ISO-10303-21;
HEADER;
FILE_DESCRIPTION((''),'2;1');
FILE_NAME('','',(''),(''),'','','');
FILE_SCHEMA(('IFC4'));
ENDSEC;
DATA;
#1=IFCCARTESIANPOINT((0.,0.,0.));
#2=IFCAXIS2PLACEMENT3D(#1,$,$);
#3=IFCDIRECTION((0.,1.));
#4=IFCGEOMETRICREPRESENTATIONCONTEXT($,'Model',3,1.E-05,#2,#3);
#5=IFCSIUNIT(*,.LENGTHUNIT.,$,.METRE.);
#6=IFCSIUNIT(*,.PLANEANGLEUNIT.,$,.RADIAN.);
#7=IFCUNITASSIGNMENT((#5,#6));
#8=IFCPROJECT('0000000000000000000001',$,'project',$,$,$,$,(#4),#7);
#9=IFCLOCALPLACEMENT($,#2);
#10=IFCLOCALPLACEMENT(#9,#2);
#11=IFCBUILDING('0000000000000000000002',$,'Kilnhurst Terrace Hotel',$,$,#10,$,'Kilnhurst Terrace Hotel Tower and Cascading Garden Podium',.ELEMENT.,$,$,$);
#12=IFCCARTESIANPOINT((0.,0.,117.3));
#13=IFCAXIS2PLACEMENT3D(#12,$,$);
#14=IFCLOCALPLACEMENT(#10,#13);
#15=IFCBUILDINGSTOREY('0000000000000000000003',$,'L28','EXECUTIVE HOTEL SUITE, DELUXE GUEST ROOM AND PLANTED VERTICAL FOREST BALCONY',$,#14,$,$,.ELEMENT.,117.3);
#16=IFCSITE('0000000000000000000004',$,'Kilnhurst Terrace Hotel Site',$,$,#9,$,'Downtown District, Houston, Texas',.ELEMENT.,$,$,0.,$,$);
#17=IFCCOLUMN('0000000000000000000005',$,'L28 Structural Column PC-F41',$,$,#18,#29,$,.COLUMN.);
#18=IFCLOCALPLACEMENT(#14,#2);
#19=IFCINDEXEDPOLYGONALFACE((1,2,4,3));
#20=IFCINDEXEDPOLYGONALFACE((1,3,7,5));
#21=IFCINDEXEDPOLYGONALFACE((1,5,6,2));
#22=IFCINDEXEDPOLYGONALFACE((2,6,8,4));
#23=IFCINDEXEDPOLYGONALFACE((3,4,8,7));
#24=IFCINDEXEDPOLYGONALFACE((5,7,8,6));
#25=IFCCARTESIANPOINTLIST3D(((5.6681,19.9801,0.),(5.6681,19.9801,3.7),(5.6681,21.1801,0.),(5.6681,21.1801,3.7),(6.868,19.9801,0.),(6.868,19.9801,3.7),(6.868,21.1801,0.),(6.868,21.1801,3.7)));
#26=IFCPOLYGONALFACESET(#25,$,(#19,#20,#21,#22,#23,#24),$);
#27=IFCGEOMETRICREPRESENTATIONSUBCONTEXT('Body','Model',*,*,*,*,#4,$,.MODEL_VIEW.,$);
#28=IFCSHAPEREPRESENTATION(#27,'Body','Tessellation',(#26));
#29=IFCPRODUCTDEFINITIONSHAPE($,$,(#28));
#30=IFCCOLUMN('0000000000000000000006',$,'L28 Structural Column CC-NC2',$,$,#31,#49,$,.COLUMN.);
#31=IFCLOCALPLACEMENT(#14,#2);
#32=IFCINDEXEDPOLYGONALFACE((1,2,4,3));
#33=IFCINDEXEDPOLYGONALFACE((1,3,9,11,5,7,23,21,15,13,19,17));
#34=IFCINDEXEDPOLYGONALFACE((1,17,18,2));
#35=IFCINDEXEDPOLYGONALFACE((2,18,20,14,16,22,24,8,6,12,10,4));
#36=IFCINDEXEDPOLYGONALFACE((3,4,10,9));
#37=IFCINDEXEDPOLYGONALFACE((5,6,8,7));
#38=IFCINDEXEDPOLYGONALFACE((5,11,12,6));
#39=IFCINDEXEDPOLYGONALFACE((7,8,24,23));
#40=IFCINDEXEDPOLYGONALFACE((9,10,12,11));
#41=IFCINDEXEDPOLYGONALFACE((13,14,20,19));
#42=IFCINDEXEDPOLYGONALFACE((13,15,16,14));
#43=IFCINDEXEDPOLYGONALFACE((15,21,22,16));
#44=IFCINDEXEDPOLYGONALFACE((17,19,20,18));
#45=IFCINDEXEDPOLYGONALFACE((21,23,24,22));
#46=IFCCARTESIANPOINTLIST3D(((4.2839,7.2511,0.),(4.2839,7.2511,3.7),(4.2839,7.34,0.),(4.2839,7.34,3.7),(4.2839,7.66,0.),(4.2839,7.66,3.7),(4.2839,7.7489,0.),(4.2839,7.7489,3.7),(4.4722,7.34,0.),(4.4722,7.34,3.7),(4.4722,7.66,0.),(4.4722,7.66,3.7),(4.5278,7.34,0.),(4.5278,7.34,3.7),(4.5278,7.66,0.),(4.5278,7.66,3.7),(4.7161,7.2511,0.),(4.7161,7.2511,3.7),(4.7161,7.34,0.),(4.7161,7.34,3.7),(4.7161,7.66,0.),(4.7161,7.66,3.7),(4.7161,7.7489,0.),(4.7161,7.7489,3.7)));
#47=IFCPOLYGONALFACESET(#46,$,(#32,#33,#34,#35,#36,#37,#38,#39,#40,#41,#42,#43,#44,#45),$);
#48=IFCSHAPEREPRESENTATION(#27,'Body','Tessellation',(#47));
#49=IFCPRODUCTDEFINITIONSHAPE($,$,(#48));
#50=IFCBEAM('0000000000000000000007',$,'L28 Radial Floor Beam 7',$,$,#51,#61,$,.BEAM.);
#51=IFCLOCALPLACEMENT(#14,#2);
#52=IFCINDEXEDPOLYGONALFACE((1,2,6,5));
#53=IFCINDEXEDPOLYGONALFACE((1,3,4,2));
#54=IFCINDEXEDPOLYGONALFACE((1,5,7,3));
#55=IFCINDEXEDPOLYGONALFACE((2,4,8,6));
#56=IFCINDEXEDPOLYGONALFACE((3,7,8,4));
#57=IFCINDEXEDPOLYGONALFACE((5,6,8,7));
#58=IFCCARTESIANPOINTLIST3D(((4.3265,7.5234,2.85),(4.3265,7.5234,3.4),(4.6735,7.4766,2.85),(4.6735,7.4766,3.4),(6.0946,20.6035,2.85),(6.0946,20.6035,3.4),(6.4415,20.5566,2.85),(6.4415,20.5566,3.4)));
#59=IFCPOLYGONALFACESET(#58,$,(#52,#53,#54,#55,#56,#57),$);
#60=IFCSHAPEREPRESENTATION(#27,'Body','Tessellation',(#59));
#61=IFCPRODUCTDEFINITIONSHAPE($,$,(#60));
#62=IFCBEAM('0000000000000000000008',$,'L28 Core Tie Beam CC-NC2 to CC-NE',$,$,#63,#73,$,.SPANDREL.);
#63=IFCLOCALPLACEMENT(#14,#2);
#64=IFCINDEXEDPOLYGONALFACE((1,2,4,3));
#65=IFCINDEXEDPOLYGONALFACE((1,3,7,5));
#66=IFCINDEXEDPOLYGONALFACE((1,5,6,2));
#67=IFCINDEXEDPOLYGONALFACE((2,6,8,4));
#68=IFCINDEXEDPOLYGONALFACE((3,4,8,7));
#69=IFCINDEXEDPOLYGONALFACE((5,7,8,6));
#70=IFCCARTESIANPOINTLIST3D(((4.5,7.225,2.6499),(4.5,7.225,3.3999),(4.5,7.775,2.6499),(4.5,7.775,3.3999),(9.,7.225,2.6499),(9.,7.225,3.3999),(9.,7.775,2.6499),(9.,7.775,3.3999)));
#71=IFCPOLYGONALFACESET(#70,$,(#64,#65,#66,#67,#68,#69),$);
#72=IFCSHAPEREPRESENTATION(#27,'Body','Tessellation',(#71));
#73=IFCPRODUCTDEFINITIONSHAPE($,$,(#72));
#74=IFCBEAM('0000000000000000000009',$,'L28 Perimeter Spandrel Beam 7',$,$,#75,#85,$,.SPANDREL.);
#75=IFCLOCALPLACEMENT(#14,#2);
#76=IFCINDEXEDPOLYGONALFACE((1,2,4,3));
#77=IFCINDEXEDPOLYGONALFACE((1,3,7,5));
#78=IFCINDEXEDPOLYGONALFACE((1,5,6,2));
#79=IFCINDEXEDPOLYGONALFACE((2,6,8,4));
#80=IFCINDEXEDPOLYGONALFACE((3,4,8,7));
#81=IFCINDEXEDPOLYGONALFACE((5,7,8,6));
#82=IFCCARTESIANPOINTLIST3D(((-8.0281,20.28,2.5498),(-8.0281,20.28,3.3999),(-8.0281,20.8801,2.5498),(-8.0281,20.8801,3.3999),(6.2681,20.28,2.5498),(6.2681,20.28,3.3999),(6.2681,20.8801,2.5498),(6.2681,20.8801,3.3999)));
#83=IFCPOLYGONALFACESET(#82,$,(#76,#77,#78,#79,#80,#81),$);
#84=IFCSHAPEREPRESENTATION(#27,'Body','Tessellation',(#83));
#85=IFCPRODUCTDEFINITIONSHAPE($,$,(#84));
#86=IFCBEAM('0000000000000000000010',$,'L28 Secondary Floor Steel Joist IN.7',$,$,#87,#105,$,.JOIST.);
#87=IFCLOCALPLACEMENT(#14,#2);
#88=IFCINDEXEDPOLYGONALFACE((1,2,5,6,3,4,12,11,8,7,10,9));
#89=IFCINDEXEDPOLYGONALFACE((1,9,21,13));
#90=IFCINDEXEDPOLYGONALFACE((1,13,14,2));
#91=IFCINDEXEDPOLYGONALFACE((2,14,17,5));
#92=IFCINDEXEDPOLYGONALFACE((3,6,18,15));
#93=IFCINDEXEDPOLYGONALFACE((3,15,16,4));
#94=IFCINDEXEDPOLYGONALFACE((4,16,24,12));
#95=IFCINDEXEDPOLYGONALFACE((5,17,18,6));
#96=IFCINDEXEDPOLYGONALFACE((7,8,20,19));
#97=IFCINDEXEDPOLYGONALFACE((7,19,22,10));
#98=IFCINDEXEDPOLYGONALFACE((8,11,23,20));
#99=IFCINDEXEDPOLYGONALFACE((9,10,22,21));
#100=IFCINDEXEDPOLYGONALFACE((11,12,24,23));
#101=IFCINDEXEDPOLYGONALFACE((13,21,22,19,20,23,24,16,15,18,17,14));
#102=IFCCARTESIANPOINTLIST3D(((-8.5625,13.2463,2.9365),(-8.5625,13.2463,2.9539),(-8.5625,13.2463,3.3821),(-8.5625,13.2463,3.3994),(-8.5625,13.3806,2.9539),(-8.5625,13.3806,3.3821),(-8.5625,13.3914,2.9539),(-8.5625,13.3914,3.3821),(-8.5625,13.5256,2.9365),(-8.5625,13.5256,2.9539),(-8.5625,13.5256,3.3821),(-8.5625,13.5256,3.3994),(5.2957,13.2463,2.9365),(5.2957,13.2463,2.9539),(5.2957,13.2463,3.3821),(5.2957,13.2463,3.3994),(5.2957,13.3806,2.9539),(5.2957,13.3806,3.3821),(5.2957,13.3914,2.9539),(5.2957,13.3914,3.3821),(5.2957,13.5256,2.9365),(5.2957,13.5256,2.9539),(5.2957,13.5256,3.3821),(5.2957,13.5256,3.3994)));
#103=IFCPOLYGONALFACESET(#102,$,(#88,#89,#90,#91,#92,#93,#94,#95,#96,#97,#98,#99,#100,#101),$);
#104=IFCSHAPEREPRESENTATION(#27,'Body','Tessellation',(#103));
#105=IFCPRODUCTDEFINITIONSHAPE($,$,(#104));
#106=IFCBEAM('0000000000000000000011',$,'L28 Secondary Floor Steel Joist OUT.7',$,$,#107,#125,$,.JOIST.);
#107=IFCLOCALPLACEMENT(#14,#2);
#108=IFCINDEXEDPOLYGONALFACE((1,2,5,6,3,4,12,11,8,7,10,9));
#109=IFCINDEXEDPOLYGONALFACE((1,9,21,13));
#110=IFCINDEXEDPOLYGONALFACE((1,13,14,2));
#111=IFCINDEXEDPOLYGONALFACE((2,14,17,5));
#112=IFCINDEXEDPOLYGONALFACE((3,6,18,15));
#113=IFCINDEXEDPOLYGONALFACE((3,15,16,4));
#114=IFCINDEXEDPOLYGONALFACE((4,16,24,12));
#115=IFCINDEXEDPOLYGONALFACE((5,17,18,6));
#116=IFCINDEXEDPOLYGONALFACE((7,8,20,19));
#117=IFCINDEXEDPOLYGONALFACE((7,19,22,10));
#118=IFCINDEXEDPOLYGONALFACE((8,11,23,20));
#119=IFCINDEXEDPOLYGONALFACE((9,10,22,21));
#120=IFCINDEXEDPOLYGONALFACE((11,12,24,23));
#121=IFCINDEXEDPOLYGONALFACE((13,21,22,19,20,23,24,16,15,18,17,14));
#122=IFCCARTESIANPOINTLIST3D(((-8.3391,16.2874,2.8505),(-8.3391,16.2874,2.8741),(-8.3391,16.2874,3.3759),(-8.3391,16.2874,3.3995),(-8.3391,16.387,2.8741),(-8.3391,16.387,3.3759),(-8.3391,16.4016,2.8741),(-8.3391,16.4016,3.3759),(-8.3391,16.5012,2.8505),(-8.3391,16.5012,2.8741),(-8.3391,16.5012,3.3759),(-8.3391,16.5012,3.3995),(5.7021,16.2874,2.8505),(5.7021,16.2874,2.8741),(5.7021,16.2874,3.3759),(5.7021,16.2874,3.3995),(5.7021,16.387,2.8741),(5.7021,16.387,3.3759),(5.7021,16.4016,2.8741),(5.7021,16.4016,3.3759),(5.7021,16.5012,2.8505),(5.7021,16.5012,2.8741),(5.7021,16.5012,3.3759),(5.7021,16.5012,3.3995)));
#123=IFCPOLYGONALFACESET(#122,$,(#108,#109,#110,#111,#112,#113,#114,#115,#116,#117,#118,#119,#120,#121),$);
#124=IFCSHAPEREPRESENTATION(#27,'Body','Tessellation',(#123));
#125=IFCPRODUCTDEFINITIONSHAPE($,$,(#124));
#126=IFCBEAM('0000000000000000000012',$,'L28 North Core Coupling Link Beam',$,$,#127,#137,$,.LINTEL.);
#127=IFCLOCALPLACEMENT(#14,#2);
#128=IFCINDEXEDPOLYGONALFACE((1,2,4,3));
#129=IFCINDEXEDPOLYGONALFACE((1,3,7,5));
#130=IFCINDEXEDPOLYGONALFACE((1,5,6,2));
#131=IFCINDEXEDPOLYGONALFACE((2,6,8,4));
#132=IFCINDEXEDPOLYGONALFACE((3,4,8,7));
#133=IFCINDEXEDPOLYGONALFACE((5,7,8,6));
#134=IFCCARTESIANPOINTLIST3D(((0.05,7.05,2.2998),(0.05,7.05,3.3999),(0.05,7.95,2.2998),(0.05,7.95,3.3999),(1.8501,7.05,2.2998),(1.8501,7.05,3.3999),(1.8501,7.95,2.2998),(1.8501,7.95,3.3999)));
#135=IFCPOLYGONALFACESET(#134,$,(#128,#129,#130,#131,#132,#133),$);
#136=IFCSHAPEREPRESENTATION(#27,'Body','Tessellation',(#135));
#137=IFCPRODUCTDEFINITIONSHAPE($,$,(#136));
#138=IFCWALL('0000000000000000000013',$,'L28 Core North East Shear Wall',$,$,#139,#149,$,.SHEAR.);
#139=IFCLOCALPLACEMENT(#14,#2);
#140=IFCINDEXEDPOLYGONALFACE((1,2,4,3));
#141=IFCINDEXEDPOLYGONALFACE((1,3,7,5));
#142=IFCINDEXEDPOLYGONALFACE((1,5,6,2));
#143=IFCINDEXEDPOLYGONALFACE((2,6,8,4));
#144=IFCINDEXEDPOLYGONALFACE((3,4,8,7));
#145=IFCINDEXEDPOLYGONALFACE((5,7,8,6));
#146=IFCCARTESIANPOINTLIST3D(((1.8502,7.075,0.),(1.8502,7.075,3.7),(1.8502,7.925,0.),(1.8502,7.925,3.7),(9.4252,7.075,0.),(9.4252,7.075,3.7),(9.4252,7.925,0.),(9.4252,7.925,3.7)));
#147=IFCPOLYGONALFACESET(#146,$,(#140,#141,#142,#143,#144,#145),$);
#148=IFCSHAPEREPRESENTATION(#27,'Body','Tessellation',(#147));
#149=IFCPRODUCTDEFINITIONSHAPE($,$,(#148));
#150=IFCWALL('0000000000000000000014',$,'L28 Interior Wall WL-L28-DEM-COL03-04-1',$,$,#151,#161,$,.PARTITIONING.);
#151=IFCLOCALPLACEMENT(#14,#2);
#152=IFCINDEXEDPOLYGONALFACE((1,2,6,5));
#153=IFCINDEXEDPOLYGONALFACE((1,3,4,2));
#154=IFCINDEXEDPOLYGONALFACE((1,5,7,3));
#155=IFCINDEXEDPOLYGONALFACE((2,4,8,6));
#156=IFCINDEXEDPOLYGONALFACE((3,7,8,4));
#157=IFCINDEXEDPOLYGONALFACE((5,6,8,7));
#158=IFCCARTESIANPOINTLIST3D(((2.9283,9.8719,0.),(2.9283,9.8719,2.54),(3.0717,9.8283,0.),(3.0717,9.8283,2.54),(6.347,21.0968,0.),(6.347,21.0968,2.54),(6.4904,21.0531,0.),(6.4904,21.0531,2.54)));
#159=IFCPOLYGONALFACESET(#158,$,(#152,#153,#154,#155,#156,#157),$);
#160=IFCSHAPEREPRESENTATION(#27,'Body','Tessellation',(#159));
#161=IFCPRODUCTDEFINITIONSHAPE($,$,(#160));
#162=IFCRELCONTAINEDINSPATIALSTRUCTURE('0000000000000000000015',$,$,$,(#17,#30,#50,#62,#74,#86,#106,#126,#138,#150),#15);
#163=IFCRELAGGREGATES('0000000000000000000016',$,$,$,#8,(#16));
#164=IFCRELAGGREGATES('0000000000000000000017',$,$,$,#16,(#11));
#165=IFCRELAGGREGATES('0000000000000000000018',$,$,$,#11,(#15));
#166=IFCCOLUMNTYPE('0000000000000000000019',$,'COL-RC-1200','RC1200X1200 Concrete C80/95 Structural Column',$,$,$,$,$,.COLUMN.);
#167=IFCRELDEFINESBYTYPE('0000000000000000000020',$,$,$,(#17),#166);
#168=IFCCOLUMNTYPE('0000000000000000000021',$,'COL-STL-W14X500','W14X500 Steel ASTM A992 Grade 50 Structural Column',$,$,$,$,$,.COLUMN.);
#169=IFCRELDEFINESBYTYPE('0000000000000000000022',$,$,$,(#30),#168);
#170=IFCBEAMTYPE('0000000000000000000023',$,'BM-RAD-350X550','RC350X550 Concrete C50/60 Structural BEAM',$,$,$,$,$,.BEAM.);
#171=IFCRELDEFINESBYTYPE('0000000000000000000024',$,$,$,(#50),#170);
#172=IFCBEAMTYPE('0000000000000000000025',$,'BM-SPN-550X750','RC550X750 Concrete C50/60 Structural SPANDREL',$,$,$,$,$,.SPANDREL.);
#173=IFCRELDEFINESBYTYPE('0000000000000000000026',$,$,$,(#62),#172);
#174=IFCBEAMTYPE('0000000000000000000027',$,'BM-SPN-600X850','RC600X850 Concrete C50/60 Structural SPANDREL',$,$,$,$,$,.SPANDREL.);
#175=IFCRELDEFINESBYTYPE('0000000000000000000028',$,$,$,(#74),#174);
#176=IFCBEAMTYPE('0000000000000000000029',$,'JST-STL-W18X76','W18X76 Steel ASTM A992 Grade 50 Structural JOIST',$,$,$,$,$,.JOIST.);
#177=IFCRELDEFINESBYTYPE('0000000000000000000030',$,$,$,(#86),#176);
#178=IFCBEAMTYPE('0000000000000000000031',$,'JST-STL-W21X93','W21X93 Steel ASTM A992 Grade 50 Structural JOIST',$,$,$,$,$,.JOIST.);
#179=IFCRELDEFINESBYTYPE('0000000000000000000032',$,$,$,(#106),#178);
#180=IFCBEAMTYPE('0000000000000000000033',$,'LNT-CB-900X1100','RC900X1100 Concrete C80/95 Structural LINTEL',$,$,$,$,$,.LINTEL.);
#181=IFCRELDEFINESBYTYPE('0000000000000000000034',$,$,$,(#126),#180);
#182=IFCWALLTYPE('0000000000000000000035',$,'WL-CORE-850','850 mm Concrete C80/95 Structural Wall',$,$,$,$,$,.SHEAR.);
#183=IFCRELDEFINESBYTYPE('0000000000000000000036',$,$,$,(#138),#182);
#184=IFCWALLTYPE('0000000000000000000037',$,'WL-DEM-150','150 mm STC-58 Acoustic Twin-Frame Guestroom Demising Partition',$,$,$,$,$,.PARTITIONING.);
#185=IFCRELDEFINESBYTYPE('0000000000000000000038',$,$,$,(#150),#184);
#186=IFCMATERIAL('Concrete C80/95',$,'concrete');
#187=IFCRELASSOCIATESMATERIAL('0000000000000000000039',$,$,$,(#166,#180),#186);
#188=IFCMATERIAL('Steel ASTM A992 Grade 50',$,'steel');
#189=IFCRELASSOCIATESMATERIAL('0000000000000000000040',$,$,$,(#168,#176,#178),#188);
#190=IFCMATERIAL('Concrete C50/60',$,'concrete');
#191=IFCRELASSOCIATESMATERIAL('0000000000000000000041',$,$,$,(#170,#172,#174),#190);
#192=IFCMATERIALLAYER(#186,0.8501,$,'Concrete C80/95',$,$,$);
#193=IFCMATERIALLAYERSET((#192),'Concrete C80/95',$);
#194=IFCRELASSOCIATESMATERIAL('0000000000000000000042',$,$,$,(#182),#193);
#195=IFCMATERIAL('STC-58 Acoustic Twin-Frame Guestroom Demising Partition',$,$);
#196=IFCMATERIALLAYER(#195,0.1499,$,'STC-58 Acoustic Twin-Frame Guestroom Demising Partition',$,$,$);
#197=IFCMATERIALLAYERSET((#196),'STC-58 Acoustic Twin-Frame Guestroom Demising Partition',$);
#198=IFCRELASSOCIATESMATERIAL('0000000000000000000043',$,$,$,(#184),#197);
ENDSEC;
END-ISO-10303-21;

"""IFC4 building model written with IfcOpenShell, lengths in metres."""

from ifc_helpers import new_model, si_unit, direction, frame, frame_2d, origin, origin_2d, place, context, subcontext, project, spatial, rectangle, i_section, extrude, material, layer, layer_set, material_profile, profile_set, type_object, element, save


model = new_model("IFC4")

# Units and contexts
model_context = context("Model", 3, precision=1e-05, world=origin(), true_north=direction((0.0, 1.0)))
body_context = subcontext(model_context, "Body", "Model", "MODEL_VIEW")
ifc_project = project(units=[si_unit("LENGTHUNIT", "METRE"), si_unit("PLANEANGLEUNIT", "RADIAN")], contexts=[model_context])

# Site, building, storey
site_placement = place(None, origin())
site = spatial("IfcSite", under=ifc_project, at=site_placement, Name="Kilnhurst Terrace Hotel Site", LongName="Downtown District, Houston, Texas", CompositionType="ELEMENT", RefElevation=0.0)
building_placement = place(site_placement, origin())
building = spatial("IfcBuilding", under=site, at=building_placement, Name="Kilnhurst Terrace Hotel", LongName="Kilnhurst Terrace Hotel Tower and Cascading Garden Podium", CompositionType="ELEMENT")
storey_placement = place(building_placement, frame((0.0, 0.0, 117.3)))
storey = spatial("IfcBuildingStorey", under=building, at=storey_placement, Name="L28", Description="EXECUTIVE HOTEL SUITE, DELUXE GUEST ROOM AND PLANTED VERTICAL FOREST BALCONY", CompositionType="ELEMENT", Elevation=117.3)

# Columns
ifc_material_1 = material(Name="Concrete C80/95", Category="concrete")
ifc_material_profile_1 = material_profile(ifc_material_1, rectangle(XDim=1.2, YDim=1.2, at=origin_2d()), Name="RC1200X1200")
ifc_profile_set_1 = profile_set([ifc_material_profile_1], Name="Concrete C80/95")
column_type_1 = type_object("IfcColumnType", Name="COL-RC-1200", Description="RC1200X1200 Concrete C80/95 Structural Column", PredefinedType="COLUMN", material=ifc_profile_set_1)
column_1_placement = place(storey_placement, frame((6.2681, 20.5801, 0.0), z_axis=(0.0, 0.0, 1.0), x_axis=(1.0, 0.0, 0.0)))
element("IfcColumn", 1, at=column_1_placement, inside=storey, type_object=column_type_1, Name="L28 Structural Column PC-F41", PredefinedType="COLUMN", context=body_context, shape_type="SweptSolid", body=[
    extrude(rectangle(XDim=1.2, YDim=1.2, at=origin_2d()), origin(), (0.0, 0.0, 1.0), 3.7),
])
ifc_material_2 = material(Name="Steel ASTM A992 Grade 50", Category="steel")
ifc_material_profile_2 = material_profile(ifc_material_2, i_section(OverallWidth=0.4321, OverallDepth=0.4978, WebThickness=0.0557, FlangeThickness=0.0889, at=origin_2d()), Name="W14X500")
ifc_profile_set_2 = profile_set([ifc_material_profile_2], Name="Steel ASTM A992 Grade 50")
column_type_2 = type_object("IfcColumnType", Name="COL-STL-W14X500", Description="W14X500 Steel ASTM A992 Grade 50 Structural Column", PredefinedType="COLUMN", material=ifc_profile_set_2)
column_2_placement = place(storey_placement, frame((4.5, 7.5, 0.0), z_axis=(0.0, 0.0, 1.0), x_axis=(1.0, 0.0, 0.0)))
element("IfcColumn", 2, at=column_2_placement, inside=storey, type_object=column_type_2, Name="L28 Structural Column CC-NC2", PredefinedType="COLUMN", context=body_context, shape_type="SweptSolid", body=[
    extrude(i_section(OverallWidth=0.4321, OverallDepth=0.4978, WebThickness=0.0557, FlangeThickness=0.0889, at=origin_2d()), origin(), (0.0, 0.0, 1.0), 3.7),
])

# Beams
ifc_material_3 = material(Name="Concrete C50/60", Category="concrete")
ifc_material_profile_3 = material_profile(ifc_material_3, rectangle(XDim=0.3501, YDim=0.55, at=origin_2d()), Name="RC350X550")
ifc_profile_set_3 = profile_set([ifc_material_profile_3], Name="Concrete C50/60")
beam_type_1 = type_object("IfcBeamType", Name="BM-RAD-350X550", Description="RC350X550 Concrete C50/60 Structural BEAM", PredefinedType="BEAM", material=ifc_profile_set_3)
beam_1_placement = place(storey_placement, frame((4.5, 7.5, 3.125), z_axis=(0.133954, 0.990988, 0.0), x_axis=(-0.990988, 0.133954, 0.0)))
element("IfcBeam", 3, at=beam_1_placement, inside=storey, type_object=beam_type_1, Name="L28 Radial Floor Beam 7", PredefinedType="BEAM", context=body_context, shape_type="SweptSolid", body=[
    extrude(rectangle(XDim=0.3501, YDim=0.55, at=origin_2d()), origin(), (0.0, 0.0, 1.0), 13.199),
])
ifc_material_profile_4 = material_profile(ifc_material_3, rectangle(XDim=0.55, YDim=0.75, at=origin_2d()), Name="RC550X750")
ifc_profile_set_4 = profile_set([ifc_material_profile_4], Name="Concrete C50/60")
beam_type_2 = type_object("IfcBeamType", Name="BM-SPN-550X750", Description="RC550X750 Concrete C50/60 Structural SPANDREL", PredefinedType="SPANDREL", material=ifc_profile_set_4)
beam_2_placement = place(storey_placement, frame((4.5, 7.5, 3.0249), z_axis=(1.0, 0.0, 0.0), x_axis=(0.0, 1.0, 0.0)))
element("IfcBeam", 4, at=beam_2_placement, inside=storey, type_object=beam_type_2, Name="L28 Core Tie Beam CC-NC2 to CC-NE", PredefinedType="SPANDREL", context=body_context, shape_type="SweptSolid", body=[
    extrude(rectangle(XDim=0.55, YDim=0.75, at=origin_2d()), origin(), (0.0, 0.0, 1.0), 4.5),
])
ifc_material_profile_5 = material_profile(ifc_material_3, rectangle(XDim=0.6001, YDim=0.8501, at=origin_2d()), Name="RC600X850")
ifc_profile_set_5 = profile_set([ifc_material_profile_5], Name="Concrete C50/60")
beam_type_3 = type_object("IfcBeamType", Name="BM-SPN-600X850", Description="RC600X850 Concrete C50/60 Structural SPANDREL", PredefinedType="SPANDREL", material=ifc_profile_set_5)
beam_3_placement = place(storey_placement, frame((6.2681, 20.5801, 2.9749), z_axis=(-1.0, 0.0, 0.0), x_axis=(0.0, -1.0, 0.0)))
element("IfcBeam", 5, at=beam_3_placement, inside=storey, type_object=beam_type_3, Name="L28 Perimeter Spandrel Beam 7", PredefinedType="SPANDREL", context=body_context, shape_type="SweptSolid", body=[
    extrude(rectangle(XDim=0.6001, YDim=0.8501, at=origin_2d()), origin(), (0.0, 0.0, 1.0), 14.2961),
])
ifc_material_profile_6 = material_profile(ifc_material_2, i_section(OverallWidth=0.2793, OverallDepth=0.4629, WebThickness=0.0107, FlangeThickness=0.0173, at=origin_2d()), Name="W18X76")
ifc_profile_set_6 = profile_set([ifc_material_profile_6], Name="Steel ASTM A992 Grade 50")
beam_type_4 = type_object("IfcBeamType", Name="JST-STL-W18X76", Description="W18X76 Steel ASTM A992 Grade 50 Structural JOIST", PredefinedType="JOIST", material=ifc_profile_set_6)
beam_4_placement = place(storey_placement, frame((5.2957, 13.386, 3.168), z_axis=(-1.0, 0.0, 0.0), x_axis=(0.0, -1.0, 0.0)))
element("IfcBeam", 6, at=beam_4_placement, inside=storey, type_object=beam_type_4, Name="L28 Secondary Floor Steel Joist IN.7", PredefinedType="JOIST", context=body_context, shape_type="SweptSolid", body=[
    extrude(i_section(OverallWidth=0.2793, OverallDepth=0.4629, WebThickness=0.0107, FlangeThickness=0.0173, at=origin_2d()), origin(), (0.0, 0.0, 1.0), 13.8582),
])
ifc_material_profile_7 = material_profile(ifc_material_2, i_section(OverallWidth=0.2139, OverallDepth=0.5491, WebThickness=0.0146, FlangeThickness=0.0237, at=origin_2d()), Name="W21X93")
ifc_profile_set_7 = profile_set([ifc_material_profile_7], Name="Steel ASTM A992 Grade 50")
beam_type_5 = type_object("IfcBeamType", Name="JST-STL-W21X93", Description="W21X93 Steel ASTM A992 Grade 50 Structural JOIST", PredefinedType="JOIST", material=ifc_profile_set_7)
beam_5_placement = place(storey_placement, frame((5.7021, 16.3943, 3.125), z_axis=(-1.0, 0.0, 0.0), x_axis=(0.0, -1.0, 0.0)))
element("IfcBeam", 7, at=beam_5_placement, inside=storey, type_object=beam_type_5, Name="L28 Secondary Floor Steel Joist OUT.7", PredefinedType="JOIST", context=body_context, shape_type="SweptSolid", body=[
    extrude(i_section(OverallWidth=0.2139, OverallDepth=0.5491, WebThickness=0.0146, FlangeThickness=0.0237, at=origin_2d()), origin(), (0.0, 0.0, 1.0), 14.0413),
])
ifc_material_profile_8 = material_profile(ifc_material_1, rectangle(XDim=0.8999, YDim=1.1001, at=origin_2d()), Name="RC900X1100")
ifc_profile_set_8 = profile_set([ifc_material_profile_8], Name="Concrete C80/95")
beam_type_6 = type_object("IfcBeamType", Name="LNT-CB-900X1100", Description="RC900X1100 Concrete C80/95 Structural LINTEL", PredefinedType="LINTEL", material=ifc_profile_set_8)
beam_6_placement = place(storey_placement, frame((0.05, 7.5, 2.8499), z_axis=(1.0, 0.0, 0.0), x_axis=(0.0, 1.0, 0.0)))
element("IfcBeam", 8, at=beam_6_placement, inside=storey, type_object=beam_type_6, Name="L28 North Core Coupling Link Beam", PredefinedType="LINTEL", context=body_context, shape_type="SweptSolid", body=[
    extrude(rectangle(XDim=0.8999, YDim=1.1001, at=origin_2d()), origin(), (0.0, 0.0, 1.0), 1.8),
])

# Walls
ifc_layer_1 = layer(ifc_material_1, 0.8501, Name="Concrete C80/95")
ifc_layer_set_1 = layer_set([ifc_layer_1], Name="Concrete C80/95")
wall_type_1 = type_object("IfcWallType", Name="WL-CORE-850", Description="850 mm Concrete C80/95 Structural Wall", PredefinedType="SHEAR", material=ifc_layer_set_1)
wall_1_placement = place(storey_placement, frame((1.8501, 7.5, 0.0), z_axis=(0.0, 0.0, 1.0), x_axis=(1.0, 0.0, 0.0)))
element("IfcWall", 9, at=wall_1_placement, inside=storey, type_object=wall_type_1, Name="L28 Core North East Shear Wall", PredefinedType="SHEAR", context=body_context, shape_type="SweptSolid", body=[
    extrude(rectangle(XDim=7.575, YDim=0.8501, at=frame_2d((3.7876, 0.0))), origin(), (0.0, 0.0, 1.0), 3.7),
])
ifc_material_4 = material(Name="STC-58 Acoustic Twin-Frame Guestroom Demising Partition")
ifc_layer_2 = layer(ifc_material_4, 0.1499, Name="STC-58 Acoustic Twin-Frame Guestroom Demising Partition")
ifc_layer_set_2 = layer_set([ifc_layer_2], Name="STC-58 Acoustic Twin-Frame Guestroom Demising Partition")
wall_type_2 = type_object("IfcWallType", Name="WL-DEM-150", Description="150 mm STC-58 Acoustic Twin-Frame Guestroom Demising Partition", PredefinedType="PARTITIONING", material=ifc_layer_set_2)
wall_2_placement = place(storey_placement, frame((3.0, 9.8501, 0.0), z_axis=(0.0, 0.0, 1.0), x_axis=(0.291352, 0.956616, 0.0)))
element("IfcWall", 10, at=wall_2_placement, inside=storey, type_object=wall_type_2, Name="L28 Interior Wall WL-L28-DEM-COL03-04-1", PredefinedType="PARTITIONING", context=body_context, shape_type="SweptSolid", body=[
    extrude(rectangle(XDim=11.7339, YDim=0.1499, at=frame_2d((5.8669, 0.0))), origin(), (0.0, 0.0, 1.0), 2.54),
])

save(model, "model.ifc")
